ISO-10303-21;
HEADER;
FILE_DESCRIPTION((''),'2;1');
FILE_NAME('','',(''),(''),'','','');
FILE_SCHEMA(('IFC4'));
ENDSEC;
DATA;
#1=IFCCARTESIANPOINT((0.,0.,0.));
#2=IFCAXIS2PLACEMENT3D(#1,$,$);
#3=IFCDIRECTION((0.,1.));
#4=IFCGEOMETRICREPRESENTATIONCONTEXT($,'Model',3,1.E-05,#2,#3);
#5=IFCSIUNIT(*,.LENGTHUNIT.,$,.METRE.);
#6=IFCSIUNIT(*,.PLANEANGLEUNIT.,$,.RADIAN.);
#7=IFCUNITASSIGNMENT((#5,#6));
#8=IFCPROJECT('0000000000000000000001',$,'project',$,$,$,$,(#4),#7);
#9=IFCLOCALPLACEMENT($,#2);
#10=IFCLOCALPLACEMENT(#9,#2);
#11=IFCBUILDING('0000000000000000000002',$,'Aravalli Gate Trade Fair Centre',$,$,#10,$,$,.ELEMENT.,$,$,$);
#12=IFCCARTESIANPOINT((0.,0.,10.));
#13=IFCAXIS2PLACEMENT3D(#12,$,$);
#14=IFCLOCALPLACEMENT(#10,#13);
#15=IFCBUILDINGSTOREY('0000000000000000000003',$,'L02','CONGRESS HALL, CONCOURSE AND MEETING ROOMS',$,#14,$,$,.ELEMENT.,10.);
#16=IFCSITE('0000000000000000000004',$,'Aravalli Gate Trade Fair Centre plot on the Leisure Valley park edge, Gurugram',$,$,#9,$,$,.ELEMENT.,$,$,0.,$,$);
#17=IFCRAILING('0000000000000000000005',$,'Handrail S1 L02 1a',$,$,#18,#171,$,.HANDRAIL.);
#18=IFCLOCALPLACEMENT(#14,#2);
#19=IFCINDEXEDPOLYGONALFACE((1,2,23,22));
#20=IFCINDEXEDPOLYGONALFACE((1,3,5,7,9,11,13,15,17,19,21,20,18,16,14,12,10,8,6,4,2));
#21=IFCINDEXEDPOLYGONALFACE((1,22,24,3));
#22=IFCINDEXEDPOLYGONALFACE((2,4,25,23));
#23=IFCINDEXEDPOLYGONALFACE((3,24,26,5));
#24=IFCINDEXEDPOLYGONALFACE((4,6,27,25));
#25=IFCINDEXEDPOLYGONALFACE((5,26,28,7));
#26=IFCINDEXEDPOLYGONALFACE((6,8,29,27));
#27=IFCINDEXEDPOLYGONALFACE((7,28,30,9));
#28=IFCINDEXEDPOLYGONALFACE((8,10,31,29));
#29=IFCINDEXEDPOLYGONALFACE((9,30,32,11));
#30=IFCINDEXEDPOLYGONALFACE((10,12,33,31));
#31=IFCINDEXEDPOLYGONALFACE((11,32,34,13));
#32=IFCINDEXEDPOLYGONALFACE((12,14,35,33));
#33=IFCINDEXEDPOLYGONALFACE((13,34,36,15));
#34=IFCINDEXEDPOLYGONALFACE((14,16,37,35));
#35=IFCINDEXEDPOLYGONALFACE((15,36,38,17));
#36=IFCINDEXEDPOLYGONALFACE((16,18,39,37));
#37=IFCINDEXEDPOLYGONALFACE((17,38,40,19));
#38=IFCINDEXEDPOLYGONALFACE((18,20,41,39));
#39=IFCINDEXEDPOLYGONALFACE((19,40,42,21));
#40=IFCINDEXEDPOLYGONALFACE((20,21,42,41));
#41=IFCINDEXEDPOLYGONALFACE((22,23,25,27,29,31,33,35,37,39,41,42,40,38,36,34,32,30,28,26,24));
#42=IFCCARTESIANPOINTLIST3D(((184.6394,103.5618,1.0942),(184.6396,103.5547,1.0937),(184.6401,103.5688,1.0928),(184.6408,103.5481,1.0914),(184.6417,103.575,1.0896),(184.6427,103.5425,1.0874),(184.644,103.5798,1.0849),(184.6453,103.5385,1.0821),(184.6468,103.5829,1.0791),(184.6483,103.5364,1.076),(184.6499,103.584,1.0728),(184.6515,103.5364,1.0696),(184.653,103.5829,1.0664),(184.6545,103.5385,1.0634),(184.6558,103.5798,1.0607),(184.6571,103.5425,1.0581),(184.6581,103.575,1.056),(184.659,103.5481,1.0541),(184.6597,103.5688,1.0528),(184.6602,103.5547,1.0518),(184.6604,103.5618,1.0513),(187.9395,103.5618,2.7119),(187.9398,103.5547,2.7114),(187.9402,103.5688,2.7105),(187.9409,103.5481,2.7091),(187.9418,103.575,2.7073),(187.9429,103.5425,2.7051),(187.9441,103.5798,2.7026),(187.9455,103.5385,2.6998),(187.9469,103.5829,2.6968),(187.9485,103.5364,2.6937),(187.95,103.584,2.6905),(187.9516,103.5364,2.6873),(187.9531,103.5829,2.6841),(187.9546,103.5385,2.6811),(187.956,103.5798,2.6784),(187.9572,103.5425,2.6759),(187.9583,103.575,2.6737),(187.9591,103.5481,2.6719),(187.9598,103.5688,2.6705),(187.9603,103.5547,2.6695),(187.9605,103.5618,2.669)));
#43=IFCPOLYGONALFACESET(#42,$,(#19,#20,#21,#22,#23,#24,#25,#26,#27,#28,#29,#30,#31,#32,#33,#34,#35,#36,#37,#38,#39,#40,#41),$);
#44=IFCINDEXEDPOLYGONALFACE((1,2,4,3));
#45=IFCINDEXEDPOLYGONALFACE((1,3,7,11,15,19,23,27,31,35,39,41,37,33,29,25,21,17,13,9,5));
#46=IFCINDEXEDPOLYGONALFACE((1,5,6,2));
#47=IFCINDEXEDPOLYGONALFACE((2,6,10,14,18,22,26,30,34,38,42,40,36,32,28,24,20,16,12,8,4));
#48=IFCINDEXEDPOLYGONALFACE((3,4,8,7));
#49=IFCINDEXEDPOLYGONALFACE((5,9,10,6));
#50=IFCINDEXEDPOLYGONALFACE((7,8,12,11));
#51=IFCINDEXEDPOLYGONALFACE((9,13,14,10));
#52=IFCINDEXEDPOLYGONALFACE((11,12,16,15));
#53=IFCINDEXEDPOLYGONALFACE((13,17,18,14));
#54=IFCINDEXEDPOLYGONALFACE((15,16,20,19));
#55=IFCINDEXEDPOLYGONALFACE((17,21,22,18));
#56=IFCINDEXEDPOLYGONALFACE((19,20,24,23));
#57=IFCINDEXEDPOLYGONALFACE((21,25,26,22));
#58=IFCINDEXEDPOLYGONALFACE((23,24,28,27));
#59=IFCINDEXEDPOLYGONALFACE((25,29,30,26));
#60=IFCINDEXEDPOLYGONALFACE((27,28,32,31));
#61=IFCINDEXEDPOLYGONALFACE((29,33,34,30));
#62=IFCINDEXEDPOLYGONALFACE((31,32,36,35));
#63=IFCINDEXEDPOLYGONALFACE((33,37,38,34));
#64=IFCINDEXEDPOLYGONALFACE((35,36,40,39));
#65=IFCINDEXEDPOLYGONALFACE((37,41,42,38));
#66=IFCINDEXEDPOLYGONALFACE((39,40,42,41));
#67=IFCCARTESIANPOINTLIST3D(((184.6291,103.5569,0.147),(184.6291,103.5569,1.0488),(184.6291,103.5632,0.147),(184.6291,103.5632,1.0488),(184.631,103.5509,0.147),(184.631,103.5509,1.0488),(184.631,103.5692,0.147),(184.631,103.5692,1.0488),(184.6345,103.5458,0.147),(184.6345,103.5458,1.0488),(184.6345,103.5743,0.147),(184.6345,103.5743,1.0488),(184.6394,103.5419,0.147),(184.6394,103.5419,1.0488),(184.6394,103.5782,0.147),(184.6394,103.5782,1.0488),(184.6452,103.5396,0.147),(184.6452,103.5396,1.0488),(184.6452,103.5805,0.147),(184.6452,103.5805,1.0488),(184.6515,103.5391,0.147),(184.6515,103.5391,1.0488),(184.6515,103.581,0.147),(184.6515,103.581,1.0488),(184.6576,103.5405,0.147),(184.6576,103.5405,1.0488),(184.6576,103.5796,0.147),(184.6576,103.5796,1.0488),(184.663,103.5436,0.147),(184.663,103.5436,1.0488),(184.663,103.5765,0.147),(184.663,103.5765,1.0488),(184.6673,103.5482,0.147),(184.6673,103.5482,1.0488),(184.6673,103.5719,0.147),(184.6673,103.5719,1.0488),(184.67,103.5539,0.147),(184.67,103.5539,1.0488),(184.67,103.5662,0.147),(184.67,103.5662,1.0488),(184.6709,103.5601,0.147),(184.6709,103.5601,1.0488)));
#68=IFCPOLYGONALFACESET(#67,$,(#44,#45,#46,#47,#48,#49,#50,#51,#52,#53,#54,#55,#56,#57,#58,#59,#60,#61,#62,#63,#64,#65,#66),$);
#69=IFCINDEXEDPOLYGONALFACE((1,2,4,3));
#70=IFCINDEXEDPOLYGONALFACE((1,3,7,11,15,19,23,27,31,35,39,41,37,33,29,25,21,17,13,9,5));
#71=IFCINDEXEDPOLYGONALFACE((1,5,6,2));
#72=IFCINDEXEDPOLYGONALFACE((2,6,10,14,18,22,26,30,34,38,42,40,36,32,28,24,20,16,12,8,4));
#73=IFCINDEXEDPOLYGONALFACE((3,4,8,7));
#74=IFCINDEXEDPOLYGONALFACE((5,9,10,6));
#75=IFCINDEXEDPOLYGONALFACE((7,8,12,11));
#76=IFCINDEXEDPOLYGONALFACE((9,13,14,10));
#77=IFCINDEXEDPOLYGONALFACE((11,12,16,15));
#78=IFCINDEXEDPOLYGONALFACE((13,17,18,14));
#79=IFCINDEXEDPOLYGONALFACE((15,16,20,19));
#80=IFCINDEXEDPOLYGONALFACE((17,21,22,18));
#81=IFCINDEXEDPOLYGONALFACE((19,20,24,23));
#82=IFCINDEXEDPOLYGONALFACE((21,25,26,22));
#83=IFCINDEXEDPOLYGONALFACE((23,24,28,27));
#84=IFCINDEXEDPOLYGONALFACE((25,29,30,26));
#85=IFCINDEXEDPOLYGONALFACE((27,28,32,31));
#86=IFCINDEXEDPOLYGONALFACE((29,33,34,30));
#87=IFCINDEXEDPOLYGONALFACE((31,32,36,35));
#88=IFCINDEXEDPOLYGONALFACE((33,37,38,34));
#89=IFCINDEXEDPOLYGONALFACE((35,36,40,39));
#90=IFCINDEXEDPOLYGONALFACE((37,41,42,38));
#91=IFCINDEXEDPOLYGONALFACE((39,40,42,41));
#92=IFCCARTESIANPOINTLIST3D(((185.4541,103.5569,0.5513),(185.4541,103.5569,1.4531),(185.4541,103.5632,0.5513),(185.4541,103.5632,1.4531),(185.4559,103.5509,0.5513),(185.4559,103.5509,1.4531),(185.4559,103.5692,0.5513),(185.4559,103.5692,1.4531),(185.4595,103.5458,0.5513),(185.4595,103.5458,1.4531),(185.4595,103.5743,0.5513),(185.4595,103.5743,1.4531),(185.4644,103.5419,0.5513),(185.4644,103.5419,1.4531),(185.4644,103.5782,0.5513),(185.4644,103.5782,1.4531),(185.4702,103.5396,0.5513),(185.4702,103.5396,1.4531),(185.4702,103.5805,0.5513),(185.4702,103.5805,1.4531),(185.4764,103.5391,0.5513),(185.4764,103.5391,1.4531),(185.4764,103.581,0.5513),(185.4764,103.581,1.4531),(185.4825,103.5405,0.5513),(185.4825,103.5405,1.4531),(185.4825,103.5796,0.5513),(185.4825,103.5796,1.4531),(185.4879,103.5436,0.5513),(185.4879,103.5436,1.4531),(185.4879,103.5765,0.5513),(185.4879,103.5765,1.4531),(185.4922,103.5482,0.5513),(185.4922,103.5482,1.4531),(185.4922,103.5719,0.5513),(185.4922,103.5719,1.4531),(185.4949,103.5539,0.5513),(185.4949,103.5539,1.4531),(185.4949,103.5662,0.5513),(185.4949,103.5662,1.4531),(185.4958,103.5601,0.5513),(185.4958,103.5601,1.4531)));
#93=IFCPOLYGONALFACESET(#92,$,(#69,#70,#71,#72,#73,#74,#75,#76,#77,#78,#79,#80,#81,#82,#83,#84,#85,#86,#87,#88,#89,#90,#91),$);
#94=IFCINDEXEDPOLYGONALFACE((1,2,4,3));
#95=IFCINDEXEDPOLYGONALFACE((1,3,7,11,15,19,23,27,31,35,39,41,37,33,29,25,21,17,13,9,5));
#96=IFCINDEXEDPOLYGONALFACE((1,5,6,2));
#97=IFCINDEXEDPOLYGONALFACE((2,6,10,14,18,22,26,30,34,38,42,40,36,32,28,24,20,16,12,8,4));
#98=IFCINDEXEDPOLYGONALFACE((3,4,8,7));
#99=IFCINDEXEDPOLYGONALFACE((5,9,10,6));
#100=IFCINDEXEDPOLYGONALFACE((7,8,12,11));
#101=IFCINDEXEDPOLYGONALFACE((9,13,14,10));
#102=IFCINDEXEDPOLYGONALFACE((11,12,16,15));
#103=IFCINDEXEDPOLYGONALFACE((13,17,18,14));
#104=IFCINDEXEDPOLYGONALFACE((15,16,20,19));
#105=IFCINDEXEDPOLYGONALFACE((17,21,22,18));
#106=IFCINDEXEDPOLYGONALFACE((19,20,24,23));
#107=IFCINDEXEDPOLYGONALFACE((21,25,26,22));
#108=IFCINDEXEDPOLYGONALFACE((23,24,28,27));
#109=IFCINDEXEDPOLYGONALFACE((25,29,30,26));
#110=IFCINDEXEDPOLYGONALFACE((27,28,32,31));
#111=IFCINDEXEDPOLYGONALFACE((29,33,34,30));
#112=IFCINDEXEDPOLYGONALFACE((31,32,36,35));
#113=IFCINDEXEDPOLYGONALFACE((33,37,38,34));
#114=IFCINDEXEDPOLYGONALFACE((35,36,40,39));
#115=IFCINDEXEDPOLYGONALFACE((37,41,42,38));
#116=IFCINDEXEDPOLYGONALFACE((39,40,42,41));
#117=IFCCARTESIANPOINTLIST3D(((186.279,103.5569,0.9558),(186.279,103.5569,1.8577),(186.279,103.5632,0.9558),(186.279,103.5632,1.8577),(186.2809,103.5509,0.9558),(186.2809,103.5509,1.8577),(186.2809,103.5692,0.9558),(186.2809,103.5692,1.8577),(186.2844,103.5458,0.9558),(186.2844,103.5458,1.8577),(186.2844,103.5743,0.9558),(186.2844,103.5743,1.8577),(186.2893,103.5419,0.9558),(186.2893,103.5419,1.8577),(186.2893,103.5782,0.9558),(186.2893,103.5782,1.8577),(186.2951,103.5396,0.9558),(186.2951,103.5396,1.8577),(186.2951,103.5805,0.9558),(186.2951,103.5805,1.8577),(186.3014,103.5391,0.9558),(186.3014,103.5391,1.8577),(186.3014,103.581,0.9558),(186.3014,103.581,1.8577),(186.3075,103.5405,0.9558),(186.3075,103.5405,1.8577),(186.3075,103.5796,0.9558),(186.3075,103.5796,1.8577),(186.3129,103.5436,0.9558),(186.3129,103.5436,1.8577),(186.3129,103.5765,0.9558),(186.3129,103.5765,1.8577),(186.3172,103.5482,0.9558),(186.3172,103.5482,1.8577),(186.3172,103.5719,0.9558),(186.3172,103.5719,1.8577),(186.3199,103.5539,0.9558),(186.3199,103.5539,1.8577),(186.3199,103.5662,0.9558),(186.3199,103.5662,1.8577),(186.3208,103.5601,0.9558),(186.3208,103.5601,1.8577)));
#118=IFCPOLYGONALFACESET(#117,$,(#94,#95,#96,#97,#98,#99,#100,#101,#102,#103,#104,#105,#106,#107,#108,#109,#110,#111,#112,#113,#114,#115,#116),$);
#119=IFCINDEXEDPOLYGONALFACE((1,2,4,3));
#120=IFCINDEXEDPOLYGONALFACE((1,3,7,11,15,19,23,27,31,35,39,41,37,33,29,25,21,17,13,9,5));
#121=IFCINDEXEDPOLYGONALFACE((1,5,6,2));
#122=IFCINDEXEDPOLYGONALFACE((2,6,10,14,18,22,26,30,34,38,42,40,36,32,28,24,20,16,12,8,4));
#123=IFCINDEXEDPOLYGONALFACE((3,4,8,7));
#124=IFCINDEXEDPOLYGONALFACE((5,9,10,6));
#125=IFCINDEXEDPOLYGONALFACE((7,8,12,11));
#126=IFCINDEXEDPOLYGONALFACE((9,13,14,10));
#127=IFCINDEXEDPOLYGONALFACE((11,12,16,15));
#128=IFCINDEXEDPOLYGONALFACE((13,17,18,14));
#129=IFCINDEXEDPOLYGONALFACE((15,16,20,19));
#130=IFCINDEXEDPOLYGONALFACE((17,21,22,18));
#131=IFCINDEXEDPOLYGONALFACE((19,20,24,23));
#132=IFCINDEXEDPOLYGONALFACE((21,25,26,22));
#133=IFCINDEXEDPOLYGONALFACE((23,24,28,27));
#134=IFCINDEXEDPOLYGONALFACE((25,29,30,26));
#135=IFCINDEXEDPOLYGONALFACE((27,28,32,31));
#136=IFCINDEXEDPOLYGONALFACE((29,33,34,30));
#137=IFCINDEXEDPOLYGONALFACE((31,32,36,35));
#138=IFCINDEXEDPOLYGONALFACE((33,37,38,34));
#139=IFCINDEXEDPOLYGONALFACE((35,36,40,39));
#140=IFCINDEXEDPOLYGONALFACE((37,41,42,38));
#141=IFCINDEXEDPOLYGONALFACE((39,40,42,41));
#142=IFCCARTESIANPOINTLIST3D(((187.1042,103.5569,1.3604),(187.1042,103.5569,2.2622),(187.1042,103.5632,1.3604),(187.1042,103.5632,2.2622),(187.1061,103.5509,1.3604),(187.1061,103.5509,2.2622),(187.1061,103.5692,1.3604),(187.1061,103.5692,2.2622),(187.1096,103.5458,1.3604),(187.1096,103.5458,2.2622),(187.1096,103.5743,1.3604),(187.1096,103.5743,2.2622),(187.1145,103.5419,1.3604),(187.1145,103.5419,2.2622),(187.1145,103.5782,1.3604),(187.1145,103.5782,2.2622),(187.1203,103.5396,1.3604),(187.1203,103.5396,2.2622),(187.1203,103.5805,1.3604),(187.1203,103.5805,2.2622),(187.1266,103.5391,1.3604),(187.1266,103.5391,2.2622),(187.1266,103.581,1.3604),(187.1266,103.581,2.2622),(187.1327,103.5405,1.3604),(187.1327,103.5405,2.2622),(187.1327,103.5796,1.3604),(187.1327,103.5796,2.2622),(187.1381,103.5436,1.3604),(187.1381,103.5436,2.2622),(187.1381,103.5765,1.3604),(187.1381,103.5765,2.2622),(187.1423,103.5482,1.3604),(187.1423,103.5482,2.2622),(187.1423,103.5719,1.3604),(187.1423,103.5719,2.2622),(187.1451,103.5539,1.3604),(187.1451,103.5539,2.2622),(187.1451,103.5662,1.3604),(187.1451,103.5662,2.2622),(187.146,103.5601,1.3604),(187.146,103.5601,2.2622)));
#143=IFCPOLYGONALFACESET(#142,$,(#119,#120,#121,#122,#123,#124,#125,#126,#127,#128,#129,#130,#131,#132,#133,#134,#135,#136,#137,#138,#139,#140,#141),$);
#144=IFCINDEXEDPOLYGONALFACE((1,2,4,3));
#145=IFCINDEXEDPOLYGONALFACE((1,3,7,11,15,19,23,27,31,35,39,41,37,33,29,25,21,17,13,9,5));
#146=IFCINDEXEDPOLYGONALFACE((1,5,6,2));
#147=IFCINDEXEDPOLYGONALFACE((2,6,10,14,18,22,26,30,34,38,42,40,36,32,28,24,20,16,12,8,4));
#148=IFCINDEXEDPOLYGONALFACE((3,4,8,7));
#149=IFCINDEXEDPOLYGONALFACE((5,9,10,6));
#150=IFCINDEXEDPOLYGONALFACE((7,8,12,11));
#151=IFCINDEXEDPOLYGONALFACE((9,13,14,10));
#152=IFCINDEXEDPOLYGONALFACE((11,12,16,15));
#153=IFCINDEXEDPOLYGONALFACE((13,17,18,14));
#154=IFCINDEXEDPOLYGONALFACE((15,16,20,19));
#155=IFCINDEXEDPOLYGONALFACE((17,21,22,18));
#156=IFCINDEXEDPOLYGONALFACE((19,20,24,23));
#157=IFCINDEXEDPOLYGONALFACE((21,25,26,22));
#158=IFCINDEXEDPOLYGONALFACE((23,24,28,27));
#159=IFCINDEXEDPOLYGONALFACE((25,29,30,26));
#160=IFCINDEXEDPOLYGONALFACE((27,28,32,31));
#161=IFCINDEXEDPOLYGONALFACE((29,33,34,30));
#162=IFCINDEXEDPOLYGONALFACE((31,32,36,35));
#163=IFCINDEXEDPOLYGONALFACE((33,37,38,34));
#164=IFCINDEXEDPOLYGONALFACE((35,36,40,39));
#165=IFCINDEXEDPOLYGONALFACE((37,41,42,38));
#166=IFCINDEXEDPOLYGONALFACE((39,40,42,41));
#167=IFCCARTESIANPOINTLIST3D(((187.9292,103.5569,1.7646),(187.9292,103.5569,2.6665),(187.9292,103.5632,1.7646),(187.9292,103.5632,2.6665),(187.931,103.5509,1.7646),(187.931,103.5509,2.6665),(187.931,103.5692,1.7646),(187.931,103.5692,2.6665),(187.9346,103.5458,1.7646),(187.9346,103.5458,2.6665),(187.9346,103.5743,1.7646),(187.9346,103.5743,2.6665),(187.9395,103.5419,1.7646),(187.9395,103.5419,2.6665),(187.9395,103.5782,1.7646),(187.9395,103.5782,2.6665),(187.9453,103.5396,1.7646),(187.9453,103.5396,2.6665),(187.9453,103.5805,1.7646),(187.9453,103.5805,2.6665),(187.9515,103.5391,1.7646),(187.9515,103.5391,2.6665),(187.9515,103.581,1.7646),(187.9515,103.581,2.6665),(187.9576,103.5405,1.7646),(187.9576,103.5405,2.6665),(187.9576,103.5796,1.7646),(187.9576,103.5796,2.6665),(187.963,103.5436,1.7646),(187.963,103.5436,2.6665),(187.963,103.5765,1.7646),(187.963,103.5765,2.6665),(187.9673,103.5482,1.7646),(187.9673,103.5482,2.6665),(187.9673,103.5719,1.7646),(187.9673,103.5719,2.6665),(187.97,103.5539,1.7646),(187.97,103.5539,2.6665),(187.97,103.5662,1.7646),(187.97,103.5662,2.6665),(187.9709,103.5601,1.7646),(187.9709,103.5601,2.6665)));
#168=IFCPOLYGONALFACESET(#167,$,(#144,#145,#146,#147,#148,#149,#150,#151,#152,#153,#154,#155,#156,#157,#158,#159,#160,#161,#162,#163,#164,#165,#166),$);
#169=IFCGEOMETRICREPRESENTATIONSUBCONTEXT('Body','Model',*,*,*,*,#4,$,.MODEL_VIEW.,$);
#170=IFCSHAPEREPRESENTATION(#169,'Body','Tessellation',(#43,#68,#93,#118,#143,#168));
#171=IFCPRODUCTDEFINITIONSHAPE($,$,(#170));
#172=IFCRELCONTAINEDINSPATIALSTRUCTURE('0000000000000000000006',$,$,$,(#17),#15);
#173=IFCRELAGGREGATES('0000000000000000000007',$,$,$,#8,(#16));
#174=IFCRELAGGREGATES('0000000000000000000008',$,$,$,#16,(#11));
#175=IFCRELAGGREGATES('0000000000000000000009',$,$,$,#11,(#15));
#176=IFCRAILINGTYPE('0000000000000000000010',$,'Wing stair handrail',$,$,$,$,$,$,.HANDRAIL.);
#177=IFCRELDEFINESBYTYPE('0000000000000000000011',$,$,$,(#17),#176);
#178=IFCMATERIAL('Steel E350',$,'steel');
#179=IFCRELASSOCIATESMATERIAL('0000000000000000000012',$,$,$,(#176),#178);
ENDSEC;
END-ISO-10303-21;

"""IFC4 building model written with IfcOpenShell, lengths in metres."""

from ifc_helpers import new_model, si_unit, direction, frame, origin, origin_2d, place, context, subcontext, project, spatial, circle, extrude, material, type_object, element, save


model = new_model("IFC4")

# Units and contexts
model_context = context("Model", 3, precision=1e-05, world=origin(), true_north=direction((0.0, 1.0)))
body_context = subcontext(model_context, "Body", "Model", "MODEL_VIEW")
ifc_project = project(units=[si_unit("LENGTHUNIT", "METRE"), si_unit("PLANEANGLEUNIT", "RADIAN")], contexts=[model_context])

# Site, building, storey
site_placement = place(None, origin())
site = spatial("IfcSite", under=ifc_project, at=site_placement, Name="Aravalli Gate Trade Fair Centre plot on the Leisure Valley park edge, Gurugram", CompositionType="ELEMENT", RefElevation=0.0)
building_placement = place(site_placement, origin())
building = spatial("IfcBuilding", under=site, at=building_placement, Name="Aravalli Gate Trade Fair Centre", CompositionType="ELEMENT")
storey_placement = place(building_placement, frame((0.0, 0.0, 10.0)))
storey = spatial("IfcBuildingStorey", under=building, at=storey_placement, Name="L02", Description="CONGRESS HALL, CONCOURSE AND MEETING ROOMS", CompositionType="ELEMENT", Elevation=10.0)

# Shared definitions
ifc_material_1 = material(Name="Steel E350", Category="steel")

# Railing
railing_type_1 = type_object("IfcRailingType", Name="Wing stair handrail", PredefinedType="HANDRAIL", material=ifc_material_1)
for number, where, name in (
    (1, (184.6499, 103.5601, 0.147), "Handrail S1 L02 1a"),
):
    element("IfcRailing", number, at=place(storey_placement, frame(where)), inside=storey, type_object=railing_type_1, Name=name, PredefinedType="HANDRAIL", context=body_context, shape_type="SweptSolid", body=[
        extrude(circle(Radius=0.0239, at=origin_2d()), frame((0.0, 0.0, 0.9258), z_axis=(0.89792, 0.0, 0.440158), x_axis=(0.0, 1.0, 0.0)), (0.0, 0.0, 1.0), 3.6753),
        extrude(circle(Radius=0.021, at=origin_2d()), origin(), (0.0, 0.0, 1.0), 0.9019),
        extrude(circle(Radius=0.021, at=origin_2d()), frame((0.825, 0.0, 0.4043)), (0.0, 0.0, 1.0), 0.9019),
        extrude(circle(Radius=0.021, at=origin_2d()), frame((1.6499, 0.0, 0.8088)), (0.0, 0.0, 1.0), 0.9019),
        extrude(circle(Radius=0.021, at=origin_2d()), frame((2.4751, 0.0, 1.2134)), (0.0, 0.0, 1.0), 0.9019),
        extrude(circle(Radius=0.021, at=origin_2d()), frame((3.3, 0.0, 1.6177)), (0.0, 0.0, 1.0), 0.9019),
    ])

save(model, "model.ifc")
